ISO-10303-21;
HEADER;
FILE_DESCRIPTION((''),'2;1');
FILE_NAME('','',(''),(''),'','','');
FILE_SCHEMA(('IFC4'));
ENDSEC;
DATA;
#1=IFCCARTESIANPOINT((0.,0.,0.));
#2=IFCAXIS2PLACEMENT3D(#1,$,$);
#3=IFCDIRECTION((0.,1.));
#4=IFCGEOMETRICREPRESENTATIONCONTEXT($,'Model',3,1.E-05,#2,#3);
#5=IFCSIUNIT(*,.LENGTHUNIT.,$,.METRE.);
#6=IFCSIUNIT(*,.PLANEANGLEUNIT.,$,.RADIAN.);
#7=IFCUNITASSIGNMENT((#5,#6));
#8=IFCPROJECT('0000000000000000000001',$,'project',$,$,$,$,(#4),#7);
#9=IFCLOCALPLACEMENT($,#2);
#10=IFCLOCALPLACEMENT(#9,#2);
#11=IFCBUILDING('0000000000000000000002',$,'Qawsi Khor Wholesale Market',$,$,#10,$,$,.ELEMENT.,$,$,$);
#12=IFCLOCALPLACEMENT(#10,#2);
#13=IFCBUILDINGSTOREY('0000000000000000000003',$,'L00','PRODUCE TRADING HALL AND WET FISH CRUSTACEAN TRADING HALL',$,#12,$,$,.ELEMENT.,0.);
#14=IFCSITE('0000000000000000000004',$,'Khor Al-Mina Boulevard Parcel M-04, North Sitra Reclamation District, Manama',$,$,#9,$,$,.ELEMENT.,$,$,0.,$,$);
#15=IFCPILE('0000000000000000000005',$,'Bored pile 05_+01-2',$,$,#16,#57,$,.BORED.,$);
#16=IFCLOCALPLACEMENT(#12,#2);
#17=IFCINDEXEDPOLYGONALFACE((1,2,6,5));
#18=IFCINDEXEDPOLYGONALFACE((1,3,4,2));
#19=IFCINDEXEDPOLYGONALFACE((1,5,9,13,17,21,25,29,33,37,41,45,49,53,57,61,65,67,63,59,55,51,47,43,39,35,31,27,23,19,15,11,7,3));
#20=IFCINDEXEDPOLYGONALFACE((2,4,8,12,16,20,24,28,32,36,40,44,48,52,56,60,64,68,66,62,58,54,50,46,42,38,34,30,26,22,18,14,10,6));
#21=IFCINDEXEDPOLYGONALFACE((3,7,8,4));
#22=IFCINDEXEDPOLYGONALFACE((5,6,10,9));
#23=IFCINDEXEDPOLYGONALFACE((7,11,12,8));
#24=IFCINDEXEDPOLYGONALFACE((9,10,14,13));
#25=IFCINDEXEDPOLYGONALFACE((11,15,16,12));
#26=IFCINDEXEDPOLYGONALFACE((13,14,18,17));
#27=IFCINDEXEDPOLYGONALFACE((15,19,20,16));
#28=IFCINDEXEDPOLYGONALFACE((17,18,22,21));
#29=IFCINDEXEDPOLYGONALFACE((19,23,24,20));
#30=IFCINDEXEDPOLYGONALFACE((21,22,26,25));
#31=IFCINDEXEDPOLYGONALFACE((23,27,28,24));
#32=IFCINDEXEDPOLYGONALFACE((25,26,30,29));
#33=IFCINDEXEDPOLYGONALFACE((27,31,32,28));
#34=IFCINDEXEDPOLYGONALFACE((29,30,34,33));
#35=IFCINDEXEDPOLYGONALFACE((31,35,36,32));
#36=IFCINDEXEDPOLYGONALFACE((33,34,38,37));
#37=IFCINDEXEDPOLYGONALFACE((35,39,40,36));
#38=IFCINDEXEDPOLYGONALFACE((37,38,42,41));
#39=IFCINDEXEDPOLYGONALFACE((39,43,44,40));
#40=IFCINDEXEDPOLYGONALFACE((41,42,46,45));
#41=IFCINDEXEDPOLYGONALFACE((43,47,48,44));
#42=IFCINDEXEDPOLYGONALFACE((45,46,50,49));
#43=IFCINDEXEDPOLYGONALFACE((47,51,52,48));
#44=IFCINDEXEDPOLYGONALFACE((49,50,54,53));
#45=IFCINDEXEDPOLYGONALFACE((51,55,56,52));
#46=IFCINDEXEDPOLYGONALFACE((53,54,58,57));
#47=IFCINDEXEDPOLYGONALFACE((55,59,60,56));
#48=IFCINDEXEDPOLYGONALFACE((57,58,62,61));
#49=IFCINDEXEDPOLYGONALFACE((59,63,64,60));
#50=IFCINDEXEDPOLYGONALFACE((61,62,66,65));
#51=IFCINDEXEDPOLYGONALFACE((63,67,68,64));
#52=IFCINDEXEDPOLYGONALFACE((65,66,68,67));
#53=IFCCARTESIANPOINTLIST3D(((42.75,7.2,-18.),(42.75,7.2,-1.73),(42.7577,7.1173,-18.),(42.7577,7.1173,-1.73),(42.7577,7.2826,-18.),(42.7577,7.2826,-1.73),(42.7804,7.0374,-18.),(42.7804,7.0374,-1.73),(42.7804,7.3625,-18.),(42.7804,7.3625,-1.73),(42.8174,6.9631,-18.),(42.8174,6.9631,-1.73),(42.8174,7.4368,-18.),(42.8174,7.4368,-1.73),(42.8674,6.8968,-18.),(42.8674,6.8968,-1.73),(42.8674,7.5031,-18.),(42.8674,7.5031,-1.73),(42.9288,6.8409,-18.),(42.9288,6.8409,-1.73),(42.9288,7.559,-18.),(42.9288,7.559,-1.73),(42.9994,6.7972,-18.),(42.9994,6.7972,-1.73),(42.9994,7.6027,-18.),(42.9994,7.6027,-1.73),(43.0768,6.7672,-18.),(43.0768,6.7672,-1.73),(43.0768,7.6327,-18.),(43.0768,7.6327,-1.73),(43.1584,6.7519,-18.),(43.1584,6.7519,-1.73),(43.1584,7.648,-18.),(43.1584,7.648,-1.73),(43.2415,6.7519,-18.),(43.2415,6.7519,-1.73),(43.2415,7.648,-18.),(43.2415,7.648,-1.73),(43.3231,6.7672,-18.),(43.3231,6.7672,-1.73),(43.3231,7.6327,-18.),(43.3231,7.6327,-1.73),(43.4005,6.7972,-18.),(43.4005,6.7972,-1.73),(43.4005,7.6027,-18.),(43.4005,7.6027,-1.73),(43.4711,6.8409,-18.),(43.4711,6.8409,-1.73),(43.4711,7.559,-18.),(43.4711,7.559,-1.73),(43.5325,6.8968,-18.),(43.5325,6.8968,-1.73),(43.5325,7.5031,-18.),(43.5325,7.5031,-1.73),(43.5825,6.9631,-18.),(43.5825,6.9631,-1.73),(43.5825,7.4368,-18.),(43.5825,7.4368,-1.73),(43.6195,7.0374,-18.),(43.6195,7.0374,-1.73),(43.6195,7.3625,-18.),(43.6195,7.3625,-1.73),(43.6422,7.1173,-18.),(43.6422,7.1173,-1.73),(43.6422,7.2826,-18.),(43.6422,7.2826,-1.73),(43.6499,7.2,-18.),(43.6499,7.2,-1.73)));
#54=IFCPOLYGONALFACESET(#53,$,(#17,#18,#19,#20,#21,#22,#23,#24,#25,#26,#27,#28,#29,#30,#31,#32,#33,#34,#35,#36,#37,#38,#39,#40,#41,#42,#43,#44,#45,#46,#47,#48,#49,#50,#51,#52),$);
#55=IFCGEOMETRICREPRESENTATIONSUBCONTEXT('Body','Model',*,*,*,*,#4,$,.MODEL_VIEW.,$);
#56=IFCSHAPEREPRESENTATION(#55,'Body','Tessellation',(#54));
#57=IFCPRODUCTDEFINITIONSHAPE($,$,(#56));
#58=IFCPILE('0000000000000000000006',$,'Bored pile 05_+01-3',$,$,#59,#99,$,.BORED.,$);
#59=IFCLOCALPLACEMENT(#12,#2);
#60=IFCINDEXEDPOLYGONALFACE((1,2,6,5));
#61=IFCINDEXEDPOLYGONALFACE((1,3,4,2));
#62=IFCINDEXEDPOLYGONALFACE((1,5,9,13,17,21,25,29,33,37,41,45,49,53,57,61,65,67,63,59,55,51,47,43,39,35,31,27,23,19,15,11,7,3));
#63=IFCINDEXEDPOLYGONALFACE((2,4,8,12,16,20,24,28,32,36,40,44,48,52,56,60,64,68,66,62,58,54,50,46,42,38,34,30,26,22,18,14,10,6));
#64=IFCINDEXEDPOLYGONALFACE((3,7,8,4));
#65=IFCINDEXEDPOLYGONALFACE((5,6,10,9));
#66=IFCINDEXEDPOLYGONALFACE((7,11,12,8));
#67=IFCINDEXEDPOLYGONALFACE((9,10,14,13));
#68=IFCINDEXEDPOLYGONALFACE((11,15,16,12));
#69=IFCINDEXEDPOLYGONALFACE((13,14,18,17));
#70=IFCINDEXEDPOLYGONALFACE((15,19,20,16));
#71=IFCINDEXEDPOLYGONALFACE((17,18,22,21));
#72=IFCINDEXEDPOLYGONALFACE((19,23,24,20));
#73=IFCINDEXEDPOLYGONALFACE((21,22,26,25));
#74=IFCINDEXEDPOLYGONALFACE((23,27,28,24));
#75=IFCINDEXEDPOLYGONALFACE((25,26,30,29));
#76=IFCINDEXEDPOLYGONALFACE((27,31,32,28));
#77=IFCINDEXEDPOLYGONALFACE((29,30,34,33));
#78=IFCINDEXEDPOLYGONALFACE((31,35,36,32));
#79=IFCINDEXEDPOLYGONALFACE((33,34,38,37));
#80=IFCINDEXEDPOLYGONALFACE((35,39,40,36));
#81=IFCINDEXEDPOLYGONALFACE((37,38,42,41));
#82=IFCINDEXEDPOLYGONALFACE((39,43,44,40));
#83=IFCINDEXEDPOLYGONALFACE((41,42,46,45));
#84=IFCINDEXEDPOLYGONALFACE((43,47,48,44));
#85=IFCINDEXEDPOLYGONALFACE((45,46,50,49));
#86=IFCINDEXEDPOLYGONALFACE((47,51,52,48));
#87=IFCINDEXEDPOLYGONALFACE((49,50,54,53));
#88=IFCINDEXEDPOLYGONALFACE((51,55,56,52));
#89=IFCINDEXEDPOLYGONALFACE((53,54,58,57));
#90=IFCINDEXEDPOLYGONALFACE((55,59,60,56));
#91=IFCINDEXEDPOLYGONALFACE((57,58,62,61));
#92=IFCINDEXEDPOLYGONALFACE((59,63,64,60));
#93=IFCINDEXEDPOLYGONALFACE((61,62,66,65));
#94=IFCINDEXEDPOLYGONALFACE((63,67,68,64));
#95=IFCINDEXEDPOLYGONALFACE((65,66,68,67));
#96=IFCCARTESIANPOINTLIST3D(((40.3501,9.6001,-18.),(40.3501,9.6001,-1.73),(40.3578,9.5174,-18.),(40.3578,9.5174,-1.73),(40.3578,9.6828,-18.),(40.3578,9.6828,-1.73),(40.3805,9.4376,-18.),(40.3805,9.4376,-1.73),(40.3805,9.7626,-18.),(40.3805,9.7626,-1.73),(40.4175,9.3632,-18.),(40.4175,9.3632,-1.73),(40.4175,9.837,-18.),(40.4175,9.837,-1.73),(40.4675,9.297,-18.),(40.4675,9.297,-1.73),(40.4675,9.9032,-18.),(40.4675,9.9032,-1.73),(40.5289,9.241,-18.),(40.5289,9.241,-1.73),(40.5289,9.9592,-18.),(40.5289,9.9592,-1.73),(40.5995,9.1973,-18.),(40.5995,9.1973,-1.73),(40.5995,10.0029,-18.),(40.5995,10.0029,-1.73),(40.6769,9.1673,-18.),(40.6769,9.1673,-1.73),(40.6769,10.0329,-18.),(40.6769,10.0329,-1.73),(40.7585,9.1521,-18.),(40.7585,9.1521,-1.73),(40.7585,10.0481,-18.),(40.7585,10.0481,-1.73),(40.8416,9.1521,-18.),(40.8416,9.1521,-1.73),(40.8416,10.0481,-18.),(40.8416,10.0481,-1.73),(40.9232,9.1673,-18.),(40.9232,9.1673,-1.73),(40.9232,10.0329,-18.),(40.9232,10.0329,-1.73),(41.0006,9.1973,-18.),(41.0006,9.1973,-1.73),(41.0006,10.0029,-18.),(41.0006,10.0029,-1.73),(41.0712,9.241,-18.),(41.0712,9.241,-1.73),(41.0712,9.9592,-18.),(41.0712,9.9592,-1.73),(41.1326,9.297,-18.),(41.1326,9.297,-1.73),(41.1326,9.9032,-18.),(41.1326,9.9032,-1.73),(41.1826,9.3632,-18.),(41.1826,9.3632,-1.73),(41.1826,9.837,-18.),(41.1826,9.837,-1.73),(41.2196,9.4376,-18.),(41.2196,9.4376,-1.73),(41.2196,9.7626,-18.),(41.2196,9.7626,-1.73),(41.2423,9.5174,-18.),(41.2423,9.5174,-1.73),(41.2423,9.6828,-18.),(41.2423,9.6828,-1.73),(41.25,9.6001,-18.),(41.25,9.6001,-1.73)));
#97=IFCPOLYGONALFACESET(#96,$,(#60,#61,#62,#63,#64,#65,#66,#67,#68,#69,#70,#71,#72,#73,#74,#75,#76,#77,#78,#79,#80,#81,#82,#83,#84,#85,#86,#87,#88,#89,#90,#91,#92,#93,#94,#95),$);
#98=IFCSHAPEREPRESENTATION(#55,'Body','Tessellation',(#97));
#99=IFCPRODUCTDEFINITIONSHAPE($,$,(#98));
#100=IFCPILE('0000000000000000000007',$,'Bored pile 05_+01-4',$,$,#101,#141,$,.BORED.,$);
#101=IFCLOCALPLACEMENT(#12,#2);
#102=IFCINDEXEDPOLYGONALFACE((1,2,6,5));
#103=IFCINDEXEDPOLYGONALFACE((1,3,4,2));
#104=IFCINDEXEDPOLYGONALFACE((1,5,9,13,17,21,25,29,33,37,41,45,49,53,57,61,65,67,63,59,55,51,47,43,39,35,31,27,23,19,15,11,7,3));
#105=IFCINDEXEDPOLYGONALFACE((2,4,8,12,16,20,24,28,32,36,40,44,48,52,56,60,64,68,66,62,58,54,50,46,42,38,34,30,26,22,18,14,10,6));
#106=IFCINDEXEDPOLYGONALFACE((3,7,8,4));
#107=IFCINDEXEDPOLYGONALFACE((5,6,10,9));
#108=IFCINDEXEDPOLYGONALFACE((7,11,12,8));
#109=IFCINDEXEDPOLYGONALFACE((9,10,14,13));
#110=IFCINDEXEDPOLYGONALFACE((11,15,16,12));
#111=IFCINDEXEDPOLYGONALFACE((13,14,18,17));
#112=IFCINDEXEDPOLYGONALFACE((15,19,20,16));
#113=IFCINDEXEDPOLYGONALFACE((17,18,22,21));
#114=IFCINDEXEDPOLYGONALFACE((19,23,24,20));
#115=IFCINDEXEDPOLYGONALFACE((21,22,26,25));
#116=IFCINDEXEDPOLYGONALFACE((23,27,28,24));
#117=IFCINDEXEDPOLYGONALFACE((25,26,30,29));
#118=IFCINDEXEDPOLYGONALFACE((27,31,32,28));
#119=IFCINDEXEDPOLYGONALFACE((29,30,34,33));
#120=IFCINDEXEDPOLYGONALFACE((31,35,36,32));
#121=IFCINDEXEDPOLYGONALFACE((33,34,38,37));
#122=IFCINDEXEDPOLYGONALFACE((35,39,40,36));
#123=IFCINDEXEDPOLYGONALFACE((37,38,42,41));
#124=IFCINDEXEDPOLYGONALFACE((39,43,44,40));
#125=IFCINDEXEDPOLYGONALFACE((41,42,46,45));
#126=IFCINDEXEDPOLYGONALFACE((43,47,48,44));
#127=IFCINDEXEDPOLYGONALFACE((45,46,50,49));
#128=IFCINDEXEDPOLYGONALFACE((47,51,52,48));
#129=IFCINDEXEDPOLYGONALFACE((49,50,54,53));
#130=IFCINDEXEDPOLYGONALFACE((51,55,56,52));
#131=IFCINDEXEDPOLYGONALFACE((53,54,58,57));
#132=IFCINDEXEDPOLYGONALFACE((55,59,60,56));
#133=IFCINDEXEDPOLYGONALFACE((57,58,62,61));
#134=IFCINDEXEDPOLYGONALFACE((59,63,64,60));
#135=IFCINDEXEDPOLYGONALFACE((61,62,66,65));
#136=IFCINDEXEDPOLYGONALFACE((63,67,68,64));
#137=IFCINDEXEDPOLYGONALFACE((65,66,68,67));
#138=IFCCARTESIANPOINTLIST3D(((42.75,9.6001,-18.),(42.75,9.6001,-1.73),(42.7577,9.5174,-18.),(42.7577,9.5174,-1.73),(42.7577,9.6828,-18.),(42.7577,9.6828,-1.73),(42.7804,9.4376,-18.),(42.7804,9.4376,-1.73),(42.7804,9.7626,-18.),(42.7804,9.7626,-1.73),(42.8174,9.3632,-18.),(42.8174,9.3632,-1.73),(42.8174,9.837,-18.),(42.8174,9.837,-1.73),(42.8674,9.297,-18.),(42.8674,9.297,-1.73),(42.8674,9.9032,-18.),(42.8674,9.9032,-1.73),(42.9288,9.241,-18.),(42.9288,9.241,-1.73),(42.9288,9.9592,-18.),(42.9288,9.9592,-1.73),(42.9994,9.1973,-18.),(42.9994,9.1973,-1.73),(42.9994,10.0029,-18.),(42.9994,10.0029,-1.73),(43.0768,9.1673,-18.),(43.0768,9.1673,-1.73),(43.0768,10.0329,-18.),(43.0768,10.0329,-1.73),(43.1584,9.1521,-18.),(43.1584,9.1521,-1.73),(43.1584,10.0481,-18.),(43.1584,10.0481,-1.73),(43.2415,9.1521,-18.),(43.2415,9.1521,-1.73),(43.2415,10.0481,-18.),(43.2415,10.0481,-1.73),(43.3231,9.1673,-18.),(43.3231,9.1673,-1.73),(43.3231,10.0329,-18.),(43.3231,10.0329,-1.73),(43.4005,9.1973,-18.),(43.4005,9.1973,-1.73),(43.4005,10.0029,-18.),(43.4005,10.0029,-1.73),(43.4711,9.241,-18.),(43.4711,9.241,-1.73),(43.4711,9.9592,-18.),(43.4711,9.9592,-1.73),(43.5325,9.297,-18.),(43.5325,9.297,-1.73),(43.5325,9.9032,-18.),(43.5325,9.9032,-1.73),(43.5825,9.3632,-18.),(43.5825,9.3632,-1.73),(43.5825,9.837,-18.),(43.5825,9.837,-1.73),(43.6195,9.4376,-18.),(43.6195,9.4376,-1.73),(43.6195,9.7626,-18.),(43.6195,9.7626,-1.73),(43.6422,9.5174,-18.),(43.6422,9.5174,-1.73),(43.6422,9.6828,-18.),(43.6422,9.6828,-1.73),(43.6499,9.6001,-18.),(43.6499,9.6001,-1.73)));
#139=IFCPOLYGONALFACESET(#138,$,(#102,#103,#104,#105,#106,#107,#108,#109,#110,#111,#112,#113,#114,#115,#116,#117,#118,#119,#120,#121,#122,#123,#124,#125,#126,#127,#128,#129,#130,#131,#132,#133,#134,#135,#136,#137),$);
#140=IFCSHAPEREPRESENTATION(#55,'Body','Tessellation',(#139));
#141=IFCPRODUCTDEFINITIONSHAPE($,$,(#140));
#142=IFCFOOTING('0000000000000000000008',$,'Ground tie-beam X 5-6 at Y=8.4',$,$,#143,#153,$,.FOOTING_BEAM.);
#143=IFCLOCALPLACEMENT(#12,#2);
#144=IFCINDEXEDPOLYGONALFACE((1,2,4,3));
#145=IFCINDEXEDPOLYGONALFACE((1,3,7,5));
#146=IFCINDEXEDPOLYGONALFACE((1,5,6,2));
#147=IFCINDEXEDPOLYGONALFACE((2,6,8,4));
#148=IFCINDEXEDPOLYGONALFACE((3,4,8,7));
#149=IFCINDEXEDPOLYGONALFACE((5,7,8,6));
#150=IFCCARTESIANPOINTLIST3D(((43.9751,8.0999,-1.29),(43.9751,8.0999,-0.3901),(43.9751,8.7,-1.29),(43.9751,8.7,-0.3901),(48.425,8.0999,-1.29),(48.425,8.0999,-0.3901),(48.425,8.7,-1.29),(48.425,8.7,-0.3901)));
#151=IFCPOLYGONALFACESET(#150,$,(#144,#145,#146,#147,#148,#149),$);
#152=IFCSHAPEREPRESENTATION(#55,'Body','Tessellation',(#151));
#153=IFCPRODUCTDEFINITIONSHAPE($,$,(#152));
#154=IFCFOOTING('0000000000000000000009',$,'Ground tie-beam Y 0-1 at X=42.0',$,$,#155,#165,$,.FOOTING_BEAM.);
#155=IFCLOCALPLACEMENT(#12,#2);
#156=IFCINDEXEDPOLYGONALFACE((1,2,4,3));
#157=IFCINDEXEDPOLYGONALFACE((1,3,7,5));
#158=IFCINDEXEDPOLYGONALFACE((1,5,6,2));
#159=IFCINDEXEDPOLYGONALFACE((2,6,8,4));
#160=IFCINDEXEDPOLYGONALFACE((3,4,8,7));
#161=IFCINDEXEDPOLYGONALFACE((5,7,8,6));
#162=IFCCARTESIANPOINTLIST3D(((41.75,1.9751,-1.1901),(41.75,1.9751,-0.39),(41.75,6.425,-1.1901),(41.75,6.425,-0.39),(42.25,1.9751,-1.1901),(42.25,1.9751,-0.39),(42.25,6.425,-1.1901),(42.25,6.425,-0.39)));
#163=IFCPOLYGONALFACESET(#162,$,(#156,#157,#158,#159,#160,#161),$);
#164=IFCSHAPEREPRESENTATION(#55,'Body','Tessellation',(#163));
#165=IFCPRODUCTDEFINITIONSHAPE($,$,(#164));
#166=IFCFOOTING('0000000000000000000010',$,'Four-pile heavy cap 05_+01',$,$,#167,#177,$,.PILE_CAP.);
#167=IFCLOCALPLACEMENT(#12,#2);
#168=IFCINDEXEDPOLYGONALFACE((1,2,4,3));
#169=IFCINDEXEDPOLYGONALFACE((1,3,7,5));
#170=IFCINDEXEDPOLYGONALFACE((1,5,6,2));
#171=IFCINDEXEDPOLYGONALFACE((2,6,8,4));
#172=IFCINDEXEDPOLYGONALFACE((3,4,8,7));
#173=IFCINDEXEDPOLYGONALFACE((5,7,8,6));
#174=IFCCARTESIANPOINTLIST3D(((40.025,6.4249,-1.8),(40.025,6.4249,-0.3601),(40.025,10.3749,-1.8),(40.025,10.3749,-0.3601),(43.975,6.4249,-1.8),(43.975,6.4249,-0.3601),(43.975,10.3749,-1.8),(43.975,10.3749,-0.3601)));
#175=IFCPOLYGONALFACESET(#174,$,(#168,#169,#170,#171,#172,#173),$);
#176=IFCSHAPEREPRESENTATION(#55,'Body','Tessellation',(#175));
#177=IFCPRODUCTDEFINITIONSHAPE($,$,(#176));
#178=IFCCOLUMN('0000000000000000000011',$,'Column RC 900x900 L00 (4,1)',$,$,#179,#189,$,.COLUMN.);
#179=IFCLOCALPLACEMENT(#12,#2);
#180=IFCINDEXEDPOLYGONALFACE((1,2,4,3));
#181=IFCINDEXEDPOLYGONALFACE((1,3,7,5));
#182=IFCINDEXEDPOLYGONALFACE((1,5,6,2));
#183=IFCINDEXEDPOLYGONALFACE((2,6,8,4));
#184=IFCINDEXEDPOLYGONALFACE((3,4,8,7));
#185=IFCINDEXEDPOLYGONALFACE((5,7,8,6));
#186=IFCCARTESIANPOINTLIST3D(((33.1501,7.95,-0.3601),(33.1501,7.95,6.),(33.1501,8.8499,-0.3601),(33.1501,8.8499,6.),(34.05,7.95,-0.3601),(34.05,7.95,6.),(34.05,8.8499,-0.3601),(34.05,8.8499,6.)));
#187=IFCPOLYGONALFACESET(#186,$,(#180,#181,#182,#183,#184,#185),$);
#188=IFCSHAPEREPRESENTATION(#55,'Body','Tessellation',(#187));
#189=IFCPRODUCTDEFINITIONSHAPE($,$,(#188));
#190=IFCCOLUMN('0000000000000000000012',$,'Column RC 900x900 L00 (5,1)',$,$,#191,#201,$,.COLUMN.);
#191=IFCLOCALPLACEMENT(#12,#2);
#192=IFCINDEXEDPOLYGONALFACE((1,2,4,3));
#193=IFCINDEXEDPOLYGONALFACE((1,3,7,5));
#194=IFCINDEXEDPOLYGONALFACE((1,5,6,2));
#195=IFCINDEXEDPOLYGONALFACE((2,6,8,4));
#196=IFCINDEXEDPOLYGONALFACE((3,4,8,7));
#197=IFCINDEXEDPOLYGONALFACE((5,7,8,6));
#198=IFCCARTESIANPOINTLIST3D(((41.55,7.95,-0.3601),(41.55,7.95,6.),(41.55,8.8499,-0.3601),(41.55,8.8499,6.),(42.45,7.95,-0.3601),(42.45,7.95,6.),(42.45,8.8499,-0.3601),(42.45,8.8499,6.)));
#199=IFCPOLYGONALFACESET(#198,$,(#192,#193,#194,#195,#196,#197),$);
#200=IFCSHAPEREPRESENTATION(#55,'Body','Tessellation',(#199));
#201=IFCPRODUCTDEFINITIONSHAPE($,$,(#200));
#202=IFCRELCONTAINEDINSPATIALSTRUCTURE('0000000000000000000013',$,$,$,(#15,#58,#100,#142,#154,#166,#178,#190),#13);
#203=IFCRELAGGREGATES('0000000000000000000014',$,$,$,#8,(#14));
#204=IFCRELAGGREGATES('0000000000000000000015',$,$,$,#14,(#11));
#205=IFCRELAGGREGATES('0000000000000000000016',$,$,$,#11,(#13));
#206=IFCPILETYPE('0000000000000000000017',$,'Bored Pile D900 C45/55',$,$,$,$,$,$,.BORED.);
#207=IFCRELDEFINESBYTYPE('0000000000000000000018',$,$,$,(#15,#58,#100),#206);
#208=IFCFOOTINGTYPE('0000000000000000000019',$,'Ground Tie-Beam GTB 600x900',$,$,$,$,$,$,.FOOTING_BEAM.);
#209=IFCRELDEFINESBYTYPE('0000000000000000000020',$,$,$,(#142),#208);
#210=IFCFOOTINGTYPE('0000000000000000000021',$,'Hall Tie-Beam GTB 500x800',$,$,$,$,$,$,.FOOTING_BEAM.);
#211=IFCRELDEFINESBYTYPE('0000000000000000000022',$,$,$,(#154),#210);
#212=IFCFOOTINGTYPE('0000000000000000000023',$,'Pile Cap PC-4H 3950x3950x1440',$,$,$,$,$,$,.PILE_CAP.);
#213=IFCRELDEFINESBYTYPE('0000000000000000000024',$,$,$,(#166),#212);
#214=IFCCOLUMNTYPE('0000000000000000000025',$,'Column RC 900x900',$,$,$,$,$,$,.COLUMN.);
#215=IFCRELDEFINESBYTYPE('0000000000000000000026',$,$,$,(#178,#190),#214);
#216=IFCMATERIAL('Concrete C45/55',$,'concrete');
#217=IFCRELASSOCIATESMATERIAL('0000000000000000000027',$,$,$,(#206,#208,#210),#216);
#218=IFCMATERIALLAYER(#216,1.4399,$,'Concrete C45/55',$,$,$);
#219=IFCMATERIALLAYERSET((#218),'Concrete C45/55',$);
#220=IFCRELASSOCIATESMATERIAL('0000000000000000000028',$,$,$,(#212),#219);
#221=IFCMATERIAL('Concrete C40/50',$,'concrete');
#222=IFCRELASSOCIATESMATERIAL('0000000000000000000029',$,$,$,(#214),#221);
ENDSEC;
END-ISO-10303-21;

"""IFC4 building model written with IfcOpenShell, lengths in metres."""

from ifc_helpers import new_model, si_unit, direction, frame, origin, origin_2d, place, context, subcontext, project, spatial, rectangle, circle, extrude, material, layer, layer_set, material_profile, profile_set, type_object, element, save


model = new_model("IFC4")

# Units and contexts
model_context = context("Model", 3, precision=1e-05, world=origin(), true_north=direction((0.0, 1.0)))
body_context = subcontext(model_context, "Body", "Model", "MODEL_VIEW")
ifc_project = project(units=[si_unit("LENGTHUNIT", "METRE"), si_unit("PLANEANGLEUNIT", "RADIAN")], contexts=[model_context])

# Site, building, storey
site_placement = place(None, origin())
site = spatial("IfcSite", under=ifc_project, at=site_placement, Name="Khor Al-Mina Boulevard Parcel M-04, North Sitra Reclamation District, Manama", CompositionType="ELEMENT", RefElevation=0.0)
building_placement = place(site_placement, origin())
building = spatial("IfcBuilding", under=site, at=building_placement, Name="Qawsi Khor Wholesale Market", CompositionType="ELEMENT")
storey_placement = place(building_placement, origin())
storey = spatial("IfcBuildingStorey", under=building, at=storey_placement, Name="L00", Description="PRODUCE TRADING HALL AND WET FISH CRUSTACEAN TRADING HALL", CompositionType="ELEMENT", Elevation=0.0)

# Piles
ifc_material_1 = material(Name="Concrete C45/55", Category="concrete")
ifc_material_profile_1 = material_profile(ifc_material_1, circle(Radius=0.45, at=origin_2d()), Name="PILE D900")
ifc_profile_set_1 = profile_set([ifc_material_profile_1], Name="Concrete C45/55")
pile_type = type_object("IfcPileType", Name="Bored Pile D900 C45/55", PredefinedType="BORED", material=ifc_profile_set_1)
for number, where, z_axis, x_axis, name in (
    (1, (43.2, 7.2, -1.73), (0.0, 0.0, -1.0), (1.0, 0.0, 0.0), "Bored pile 05_+01-2"),
    (2, (40.8, 9.6001, -1.73), (0.0, 0.0, -1.0), (1.0, 0.0, 0.0), "Bored pile 05_+01-3"),
    (3, (43.2, 9.6001, -1.73), (0.0, 0.0, -1.0), (1.0, 0.0, 0.0), "Bored pile 05_+01-4"),
):
    element("IfcPile", number, at=place(storey_placement, frame(where, z_axis=z_axis, x_axis=x_axis)), inside=storey, type_object=pile_type, Name=name, PredefinedType="BORED", context=body_context, shape_type="SweptSolid", body=[
        extrude(circle(Radius=0.45, at=origin_2d()), origin(), (0.0, 0.0, 1.0), 16.27),
    ])

# Footings
ifc_material_profile_2 = material_profile(ifc_material_1, rectangle(XDim=0.6001, YDim=0.8999, at=origin_2d()), Name="RC 600x900")
ifc_profile_set_2 = profile_set([ifc_material_profile_2], Name="Concrete C45/55")
footing_type_1 = type_object("IfcFootingType", Name="Ground Tie-Beam GTB 600x900", PredefinedType="FOOTING_BEAM", material=ifc_profile_set_2)
footing_1_placement = place(storey_placement, frame((43.9751, 8.3999, -0.8401), z_axis=(1.0, 0.0, 0.0), x_axis=(0.0, 1.0, 0.0)))
element("IfcFooting", 4, at=footing_1_placement, inside=storey, type_object=footing_type_1, Name="Ground tie-beam X 5-6 at Y=8.4", PredefinedType="FOOTING_BEAM", context=body_context, shape_type="SweptSolid", body=[
    extrude(rectangle(XDim=0.6001, YDim=0.8999, at=origin_2d()), origin(), (0.0, 0.0, 1.0), 4.45),
])
ifc_material_profile_3 = material_profile(ifc_material_1, rectangle(XDim=0.5, YDim=0.8, at=origin_2d()), Name="RC 500x800")
ifc_profile_set_3 = profile_set([ifc_material_profile_3], Name="Concrete C45/55")
footing_type_2 = type_object("IfcFootingType", Name="Hall Tie-Beam GTB 500x800", PredefinedType="FOOTING_BEAM", material=ifc_profile_set_3)
footing_2_placement = place(storey_placement, frame((42.0, 1.9751, -0.79), z_axis=(0.0, 1.0, 0.0), x_axis=(-1.0, 0.0, 0.0)))
element("IfcFooting", 5, at=footing_2_placement, inside=storey, type_object=footing_type_2, Name="Ground tie-beam Y 0-1 at X=42.0", PredefinedType="FOOTING_BEAM", context=body_context, shape_type="SweptSolid", body=[
    extrude(rectangle(XDim=0.5, YDim=0.8, at=origin_2d()), origin(), (0.0, 0.0, 1.0), 4.45),
])
ifc_layer_1 = layer(ifc_material_1, 1.4399, Name="Concrete C45/55")
ifc_layer_set_1 = layer_set([ifc_layer_1], Name="Concrete C45/55")
footing_type_3 = type_object("IfcFootingType", Name="Pile Cap PC-4H 3950x3950x1440", PredefinedType="PILE_CAP", material=ifc_layer_set_1)
footing_3_placement = place(storey_placement, frame((42.0, 8.3999, -1.8), z_axis=(0.0, 0.0, 1.0), x_axis=(1.0, 0.0, 0.0)))
element("IfcFooting", 6, at=footing_3_placement, inside=storey, type_object=footing_type_3, Name="Four-pile heavy cap 05_+01", PredefinedType="PILE_CAP", context=body_context, shape_type="SweptSolid", body=[
    extrude(rectangle(XDim=3.95, YDim=3.95, at=origin_2d()), origin(), (0.0, 0.0, 1.0), 1.4399),
])

# Columns
ifc_material_2 = material(Name="Concrete C40/50", Category="concrete")
ifc_material_profile_4 = material_profile(ifc_material_2, rectangle(XDim=0.8999, YDim=0.8999, at=origin_2d()), Name="RC 900x900")
ifc_profile_set_4 = profile_set([ifc_material_profile_4], Name="Concrete C40/50")
column_type = type_object("IfcColumnType", Name="Column RC 900x900", PredefinedType="COLUMN", material=ifc_profile_set_4)
for number, where, z_axis, x_axis, name in (
    (7, (33.6001, 8.3999, -0.3601), (0.0, 0.0, 1.0), (1.0, 0.0, 0.0), "Column RC 900x900 L00 (4,1)"),
    (8, (42.0, 8.3999, -0.3601), (0.0, 0.0, 1.0), (1.0, 0.0, 0.0), "Column RC 900x900 L00 (5,1)"),
):
    element("IfcColumn", number, at=place(storey_placement, frame(where, z_axis=z_axis, x_axis=x_axis)), inside=storey, type_object=column_type, Name=name, PredefinedType="COLUMN", context=body_context, shape_type="SweptSolid", body=[
        extrude(rectangle(XDim=0.8999, YDim=0.8999, at=origin_2d()), origin(), (0.0, 0.0, 1.0), 6.3601),
    ])

save(model, "model.ifc")
